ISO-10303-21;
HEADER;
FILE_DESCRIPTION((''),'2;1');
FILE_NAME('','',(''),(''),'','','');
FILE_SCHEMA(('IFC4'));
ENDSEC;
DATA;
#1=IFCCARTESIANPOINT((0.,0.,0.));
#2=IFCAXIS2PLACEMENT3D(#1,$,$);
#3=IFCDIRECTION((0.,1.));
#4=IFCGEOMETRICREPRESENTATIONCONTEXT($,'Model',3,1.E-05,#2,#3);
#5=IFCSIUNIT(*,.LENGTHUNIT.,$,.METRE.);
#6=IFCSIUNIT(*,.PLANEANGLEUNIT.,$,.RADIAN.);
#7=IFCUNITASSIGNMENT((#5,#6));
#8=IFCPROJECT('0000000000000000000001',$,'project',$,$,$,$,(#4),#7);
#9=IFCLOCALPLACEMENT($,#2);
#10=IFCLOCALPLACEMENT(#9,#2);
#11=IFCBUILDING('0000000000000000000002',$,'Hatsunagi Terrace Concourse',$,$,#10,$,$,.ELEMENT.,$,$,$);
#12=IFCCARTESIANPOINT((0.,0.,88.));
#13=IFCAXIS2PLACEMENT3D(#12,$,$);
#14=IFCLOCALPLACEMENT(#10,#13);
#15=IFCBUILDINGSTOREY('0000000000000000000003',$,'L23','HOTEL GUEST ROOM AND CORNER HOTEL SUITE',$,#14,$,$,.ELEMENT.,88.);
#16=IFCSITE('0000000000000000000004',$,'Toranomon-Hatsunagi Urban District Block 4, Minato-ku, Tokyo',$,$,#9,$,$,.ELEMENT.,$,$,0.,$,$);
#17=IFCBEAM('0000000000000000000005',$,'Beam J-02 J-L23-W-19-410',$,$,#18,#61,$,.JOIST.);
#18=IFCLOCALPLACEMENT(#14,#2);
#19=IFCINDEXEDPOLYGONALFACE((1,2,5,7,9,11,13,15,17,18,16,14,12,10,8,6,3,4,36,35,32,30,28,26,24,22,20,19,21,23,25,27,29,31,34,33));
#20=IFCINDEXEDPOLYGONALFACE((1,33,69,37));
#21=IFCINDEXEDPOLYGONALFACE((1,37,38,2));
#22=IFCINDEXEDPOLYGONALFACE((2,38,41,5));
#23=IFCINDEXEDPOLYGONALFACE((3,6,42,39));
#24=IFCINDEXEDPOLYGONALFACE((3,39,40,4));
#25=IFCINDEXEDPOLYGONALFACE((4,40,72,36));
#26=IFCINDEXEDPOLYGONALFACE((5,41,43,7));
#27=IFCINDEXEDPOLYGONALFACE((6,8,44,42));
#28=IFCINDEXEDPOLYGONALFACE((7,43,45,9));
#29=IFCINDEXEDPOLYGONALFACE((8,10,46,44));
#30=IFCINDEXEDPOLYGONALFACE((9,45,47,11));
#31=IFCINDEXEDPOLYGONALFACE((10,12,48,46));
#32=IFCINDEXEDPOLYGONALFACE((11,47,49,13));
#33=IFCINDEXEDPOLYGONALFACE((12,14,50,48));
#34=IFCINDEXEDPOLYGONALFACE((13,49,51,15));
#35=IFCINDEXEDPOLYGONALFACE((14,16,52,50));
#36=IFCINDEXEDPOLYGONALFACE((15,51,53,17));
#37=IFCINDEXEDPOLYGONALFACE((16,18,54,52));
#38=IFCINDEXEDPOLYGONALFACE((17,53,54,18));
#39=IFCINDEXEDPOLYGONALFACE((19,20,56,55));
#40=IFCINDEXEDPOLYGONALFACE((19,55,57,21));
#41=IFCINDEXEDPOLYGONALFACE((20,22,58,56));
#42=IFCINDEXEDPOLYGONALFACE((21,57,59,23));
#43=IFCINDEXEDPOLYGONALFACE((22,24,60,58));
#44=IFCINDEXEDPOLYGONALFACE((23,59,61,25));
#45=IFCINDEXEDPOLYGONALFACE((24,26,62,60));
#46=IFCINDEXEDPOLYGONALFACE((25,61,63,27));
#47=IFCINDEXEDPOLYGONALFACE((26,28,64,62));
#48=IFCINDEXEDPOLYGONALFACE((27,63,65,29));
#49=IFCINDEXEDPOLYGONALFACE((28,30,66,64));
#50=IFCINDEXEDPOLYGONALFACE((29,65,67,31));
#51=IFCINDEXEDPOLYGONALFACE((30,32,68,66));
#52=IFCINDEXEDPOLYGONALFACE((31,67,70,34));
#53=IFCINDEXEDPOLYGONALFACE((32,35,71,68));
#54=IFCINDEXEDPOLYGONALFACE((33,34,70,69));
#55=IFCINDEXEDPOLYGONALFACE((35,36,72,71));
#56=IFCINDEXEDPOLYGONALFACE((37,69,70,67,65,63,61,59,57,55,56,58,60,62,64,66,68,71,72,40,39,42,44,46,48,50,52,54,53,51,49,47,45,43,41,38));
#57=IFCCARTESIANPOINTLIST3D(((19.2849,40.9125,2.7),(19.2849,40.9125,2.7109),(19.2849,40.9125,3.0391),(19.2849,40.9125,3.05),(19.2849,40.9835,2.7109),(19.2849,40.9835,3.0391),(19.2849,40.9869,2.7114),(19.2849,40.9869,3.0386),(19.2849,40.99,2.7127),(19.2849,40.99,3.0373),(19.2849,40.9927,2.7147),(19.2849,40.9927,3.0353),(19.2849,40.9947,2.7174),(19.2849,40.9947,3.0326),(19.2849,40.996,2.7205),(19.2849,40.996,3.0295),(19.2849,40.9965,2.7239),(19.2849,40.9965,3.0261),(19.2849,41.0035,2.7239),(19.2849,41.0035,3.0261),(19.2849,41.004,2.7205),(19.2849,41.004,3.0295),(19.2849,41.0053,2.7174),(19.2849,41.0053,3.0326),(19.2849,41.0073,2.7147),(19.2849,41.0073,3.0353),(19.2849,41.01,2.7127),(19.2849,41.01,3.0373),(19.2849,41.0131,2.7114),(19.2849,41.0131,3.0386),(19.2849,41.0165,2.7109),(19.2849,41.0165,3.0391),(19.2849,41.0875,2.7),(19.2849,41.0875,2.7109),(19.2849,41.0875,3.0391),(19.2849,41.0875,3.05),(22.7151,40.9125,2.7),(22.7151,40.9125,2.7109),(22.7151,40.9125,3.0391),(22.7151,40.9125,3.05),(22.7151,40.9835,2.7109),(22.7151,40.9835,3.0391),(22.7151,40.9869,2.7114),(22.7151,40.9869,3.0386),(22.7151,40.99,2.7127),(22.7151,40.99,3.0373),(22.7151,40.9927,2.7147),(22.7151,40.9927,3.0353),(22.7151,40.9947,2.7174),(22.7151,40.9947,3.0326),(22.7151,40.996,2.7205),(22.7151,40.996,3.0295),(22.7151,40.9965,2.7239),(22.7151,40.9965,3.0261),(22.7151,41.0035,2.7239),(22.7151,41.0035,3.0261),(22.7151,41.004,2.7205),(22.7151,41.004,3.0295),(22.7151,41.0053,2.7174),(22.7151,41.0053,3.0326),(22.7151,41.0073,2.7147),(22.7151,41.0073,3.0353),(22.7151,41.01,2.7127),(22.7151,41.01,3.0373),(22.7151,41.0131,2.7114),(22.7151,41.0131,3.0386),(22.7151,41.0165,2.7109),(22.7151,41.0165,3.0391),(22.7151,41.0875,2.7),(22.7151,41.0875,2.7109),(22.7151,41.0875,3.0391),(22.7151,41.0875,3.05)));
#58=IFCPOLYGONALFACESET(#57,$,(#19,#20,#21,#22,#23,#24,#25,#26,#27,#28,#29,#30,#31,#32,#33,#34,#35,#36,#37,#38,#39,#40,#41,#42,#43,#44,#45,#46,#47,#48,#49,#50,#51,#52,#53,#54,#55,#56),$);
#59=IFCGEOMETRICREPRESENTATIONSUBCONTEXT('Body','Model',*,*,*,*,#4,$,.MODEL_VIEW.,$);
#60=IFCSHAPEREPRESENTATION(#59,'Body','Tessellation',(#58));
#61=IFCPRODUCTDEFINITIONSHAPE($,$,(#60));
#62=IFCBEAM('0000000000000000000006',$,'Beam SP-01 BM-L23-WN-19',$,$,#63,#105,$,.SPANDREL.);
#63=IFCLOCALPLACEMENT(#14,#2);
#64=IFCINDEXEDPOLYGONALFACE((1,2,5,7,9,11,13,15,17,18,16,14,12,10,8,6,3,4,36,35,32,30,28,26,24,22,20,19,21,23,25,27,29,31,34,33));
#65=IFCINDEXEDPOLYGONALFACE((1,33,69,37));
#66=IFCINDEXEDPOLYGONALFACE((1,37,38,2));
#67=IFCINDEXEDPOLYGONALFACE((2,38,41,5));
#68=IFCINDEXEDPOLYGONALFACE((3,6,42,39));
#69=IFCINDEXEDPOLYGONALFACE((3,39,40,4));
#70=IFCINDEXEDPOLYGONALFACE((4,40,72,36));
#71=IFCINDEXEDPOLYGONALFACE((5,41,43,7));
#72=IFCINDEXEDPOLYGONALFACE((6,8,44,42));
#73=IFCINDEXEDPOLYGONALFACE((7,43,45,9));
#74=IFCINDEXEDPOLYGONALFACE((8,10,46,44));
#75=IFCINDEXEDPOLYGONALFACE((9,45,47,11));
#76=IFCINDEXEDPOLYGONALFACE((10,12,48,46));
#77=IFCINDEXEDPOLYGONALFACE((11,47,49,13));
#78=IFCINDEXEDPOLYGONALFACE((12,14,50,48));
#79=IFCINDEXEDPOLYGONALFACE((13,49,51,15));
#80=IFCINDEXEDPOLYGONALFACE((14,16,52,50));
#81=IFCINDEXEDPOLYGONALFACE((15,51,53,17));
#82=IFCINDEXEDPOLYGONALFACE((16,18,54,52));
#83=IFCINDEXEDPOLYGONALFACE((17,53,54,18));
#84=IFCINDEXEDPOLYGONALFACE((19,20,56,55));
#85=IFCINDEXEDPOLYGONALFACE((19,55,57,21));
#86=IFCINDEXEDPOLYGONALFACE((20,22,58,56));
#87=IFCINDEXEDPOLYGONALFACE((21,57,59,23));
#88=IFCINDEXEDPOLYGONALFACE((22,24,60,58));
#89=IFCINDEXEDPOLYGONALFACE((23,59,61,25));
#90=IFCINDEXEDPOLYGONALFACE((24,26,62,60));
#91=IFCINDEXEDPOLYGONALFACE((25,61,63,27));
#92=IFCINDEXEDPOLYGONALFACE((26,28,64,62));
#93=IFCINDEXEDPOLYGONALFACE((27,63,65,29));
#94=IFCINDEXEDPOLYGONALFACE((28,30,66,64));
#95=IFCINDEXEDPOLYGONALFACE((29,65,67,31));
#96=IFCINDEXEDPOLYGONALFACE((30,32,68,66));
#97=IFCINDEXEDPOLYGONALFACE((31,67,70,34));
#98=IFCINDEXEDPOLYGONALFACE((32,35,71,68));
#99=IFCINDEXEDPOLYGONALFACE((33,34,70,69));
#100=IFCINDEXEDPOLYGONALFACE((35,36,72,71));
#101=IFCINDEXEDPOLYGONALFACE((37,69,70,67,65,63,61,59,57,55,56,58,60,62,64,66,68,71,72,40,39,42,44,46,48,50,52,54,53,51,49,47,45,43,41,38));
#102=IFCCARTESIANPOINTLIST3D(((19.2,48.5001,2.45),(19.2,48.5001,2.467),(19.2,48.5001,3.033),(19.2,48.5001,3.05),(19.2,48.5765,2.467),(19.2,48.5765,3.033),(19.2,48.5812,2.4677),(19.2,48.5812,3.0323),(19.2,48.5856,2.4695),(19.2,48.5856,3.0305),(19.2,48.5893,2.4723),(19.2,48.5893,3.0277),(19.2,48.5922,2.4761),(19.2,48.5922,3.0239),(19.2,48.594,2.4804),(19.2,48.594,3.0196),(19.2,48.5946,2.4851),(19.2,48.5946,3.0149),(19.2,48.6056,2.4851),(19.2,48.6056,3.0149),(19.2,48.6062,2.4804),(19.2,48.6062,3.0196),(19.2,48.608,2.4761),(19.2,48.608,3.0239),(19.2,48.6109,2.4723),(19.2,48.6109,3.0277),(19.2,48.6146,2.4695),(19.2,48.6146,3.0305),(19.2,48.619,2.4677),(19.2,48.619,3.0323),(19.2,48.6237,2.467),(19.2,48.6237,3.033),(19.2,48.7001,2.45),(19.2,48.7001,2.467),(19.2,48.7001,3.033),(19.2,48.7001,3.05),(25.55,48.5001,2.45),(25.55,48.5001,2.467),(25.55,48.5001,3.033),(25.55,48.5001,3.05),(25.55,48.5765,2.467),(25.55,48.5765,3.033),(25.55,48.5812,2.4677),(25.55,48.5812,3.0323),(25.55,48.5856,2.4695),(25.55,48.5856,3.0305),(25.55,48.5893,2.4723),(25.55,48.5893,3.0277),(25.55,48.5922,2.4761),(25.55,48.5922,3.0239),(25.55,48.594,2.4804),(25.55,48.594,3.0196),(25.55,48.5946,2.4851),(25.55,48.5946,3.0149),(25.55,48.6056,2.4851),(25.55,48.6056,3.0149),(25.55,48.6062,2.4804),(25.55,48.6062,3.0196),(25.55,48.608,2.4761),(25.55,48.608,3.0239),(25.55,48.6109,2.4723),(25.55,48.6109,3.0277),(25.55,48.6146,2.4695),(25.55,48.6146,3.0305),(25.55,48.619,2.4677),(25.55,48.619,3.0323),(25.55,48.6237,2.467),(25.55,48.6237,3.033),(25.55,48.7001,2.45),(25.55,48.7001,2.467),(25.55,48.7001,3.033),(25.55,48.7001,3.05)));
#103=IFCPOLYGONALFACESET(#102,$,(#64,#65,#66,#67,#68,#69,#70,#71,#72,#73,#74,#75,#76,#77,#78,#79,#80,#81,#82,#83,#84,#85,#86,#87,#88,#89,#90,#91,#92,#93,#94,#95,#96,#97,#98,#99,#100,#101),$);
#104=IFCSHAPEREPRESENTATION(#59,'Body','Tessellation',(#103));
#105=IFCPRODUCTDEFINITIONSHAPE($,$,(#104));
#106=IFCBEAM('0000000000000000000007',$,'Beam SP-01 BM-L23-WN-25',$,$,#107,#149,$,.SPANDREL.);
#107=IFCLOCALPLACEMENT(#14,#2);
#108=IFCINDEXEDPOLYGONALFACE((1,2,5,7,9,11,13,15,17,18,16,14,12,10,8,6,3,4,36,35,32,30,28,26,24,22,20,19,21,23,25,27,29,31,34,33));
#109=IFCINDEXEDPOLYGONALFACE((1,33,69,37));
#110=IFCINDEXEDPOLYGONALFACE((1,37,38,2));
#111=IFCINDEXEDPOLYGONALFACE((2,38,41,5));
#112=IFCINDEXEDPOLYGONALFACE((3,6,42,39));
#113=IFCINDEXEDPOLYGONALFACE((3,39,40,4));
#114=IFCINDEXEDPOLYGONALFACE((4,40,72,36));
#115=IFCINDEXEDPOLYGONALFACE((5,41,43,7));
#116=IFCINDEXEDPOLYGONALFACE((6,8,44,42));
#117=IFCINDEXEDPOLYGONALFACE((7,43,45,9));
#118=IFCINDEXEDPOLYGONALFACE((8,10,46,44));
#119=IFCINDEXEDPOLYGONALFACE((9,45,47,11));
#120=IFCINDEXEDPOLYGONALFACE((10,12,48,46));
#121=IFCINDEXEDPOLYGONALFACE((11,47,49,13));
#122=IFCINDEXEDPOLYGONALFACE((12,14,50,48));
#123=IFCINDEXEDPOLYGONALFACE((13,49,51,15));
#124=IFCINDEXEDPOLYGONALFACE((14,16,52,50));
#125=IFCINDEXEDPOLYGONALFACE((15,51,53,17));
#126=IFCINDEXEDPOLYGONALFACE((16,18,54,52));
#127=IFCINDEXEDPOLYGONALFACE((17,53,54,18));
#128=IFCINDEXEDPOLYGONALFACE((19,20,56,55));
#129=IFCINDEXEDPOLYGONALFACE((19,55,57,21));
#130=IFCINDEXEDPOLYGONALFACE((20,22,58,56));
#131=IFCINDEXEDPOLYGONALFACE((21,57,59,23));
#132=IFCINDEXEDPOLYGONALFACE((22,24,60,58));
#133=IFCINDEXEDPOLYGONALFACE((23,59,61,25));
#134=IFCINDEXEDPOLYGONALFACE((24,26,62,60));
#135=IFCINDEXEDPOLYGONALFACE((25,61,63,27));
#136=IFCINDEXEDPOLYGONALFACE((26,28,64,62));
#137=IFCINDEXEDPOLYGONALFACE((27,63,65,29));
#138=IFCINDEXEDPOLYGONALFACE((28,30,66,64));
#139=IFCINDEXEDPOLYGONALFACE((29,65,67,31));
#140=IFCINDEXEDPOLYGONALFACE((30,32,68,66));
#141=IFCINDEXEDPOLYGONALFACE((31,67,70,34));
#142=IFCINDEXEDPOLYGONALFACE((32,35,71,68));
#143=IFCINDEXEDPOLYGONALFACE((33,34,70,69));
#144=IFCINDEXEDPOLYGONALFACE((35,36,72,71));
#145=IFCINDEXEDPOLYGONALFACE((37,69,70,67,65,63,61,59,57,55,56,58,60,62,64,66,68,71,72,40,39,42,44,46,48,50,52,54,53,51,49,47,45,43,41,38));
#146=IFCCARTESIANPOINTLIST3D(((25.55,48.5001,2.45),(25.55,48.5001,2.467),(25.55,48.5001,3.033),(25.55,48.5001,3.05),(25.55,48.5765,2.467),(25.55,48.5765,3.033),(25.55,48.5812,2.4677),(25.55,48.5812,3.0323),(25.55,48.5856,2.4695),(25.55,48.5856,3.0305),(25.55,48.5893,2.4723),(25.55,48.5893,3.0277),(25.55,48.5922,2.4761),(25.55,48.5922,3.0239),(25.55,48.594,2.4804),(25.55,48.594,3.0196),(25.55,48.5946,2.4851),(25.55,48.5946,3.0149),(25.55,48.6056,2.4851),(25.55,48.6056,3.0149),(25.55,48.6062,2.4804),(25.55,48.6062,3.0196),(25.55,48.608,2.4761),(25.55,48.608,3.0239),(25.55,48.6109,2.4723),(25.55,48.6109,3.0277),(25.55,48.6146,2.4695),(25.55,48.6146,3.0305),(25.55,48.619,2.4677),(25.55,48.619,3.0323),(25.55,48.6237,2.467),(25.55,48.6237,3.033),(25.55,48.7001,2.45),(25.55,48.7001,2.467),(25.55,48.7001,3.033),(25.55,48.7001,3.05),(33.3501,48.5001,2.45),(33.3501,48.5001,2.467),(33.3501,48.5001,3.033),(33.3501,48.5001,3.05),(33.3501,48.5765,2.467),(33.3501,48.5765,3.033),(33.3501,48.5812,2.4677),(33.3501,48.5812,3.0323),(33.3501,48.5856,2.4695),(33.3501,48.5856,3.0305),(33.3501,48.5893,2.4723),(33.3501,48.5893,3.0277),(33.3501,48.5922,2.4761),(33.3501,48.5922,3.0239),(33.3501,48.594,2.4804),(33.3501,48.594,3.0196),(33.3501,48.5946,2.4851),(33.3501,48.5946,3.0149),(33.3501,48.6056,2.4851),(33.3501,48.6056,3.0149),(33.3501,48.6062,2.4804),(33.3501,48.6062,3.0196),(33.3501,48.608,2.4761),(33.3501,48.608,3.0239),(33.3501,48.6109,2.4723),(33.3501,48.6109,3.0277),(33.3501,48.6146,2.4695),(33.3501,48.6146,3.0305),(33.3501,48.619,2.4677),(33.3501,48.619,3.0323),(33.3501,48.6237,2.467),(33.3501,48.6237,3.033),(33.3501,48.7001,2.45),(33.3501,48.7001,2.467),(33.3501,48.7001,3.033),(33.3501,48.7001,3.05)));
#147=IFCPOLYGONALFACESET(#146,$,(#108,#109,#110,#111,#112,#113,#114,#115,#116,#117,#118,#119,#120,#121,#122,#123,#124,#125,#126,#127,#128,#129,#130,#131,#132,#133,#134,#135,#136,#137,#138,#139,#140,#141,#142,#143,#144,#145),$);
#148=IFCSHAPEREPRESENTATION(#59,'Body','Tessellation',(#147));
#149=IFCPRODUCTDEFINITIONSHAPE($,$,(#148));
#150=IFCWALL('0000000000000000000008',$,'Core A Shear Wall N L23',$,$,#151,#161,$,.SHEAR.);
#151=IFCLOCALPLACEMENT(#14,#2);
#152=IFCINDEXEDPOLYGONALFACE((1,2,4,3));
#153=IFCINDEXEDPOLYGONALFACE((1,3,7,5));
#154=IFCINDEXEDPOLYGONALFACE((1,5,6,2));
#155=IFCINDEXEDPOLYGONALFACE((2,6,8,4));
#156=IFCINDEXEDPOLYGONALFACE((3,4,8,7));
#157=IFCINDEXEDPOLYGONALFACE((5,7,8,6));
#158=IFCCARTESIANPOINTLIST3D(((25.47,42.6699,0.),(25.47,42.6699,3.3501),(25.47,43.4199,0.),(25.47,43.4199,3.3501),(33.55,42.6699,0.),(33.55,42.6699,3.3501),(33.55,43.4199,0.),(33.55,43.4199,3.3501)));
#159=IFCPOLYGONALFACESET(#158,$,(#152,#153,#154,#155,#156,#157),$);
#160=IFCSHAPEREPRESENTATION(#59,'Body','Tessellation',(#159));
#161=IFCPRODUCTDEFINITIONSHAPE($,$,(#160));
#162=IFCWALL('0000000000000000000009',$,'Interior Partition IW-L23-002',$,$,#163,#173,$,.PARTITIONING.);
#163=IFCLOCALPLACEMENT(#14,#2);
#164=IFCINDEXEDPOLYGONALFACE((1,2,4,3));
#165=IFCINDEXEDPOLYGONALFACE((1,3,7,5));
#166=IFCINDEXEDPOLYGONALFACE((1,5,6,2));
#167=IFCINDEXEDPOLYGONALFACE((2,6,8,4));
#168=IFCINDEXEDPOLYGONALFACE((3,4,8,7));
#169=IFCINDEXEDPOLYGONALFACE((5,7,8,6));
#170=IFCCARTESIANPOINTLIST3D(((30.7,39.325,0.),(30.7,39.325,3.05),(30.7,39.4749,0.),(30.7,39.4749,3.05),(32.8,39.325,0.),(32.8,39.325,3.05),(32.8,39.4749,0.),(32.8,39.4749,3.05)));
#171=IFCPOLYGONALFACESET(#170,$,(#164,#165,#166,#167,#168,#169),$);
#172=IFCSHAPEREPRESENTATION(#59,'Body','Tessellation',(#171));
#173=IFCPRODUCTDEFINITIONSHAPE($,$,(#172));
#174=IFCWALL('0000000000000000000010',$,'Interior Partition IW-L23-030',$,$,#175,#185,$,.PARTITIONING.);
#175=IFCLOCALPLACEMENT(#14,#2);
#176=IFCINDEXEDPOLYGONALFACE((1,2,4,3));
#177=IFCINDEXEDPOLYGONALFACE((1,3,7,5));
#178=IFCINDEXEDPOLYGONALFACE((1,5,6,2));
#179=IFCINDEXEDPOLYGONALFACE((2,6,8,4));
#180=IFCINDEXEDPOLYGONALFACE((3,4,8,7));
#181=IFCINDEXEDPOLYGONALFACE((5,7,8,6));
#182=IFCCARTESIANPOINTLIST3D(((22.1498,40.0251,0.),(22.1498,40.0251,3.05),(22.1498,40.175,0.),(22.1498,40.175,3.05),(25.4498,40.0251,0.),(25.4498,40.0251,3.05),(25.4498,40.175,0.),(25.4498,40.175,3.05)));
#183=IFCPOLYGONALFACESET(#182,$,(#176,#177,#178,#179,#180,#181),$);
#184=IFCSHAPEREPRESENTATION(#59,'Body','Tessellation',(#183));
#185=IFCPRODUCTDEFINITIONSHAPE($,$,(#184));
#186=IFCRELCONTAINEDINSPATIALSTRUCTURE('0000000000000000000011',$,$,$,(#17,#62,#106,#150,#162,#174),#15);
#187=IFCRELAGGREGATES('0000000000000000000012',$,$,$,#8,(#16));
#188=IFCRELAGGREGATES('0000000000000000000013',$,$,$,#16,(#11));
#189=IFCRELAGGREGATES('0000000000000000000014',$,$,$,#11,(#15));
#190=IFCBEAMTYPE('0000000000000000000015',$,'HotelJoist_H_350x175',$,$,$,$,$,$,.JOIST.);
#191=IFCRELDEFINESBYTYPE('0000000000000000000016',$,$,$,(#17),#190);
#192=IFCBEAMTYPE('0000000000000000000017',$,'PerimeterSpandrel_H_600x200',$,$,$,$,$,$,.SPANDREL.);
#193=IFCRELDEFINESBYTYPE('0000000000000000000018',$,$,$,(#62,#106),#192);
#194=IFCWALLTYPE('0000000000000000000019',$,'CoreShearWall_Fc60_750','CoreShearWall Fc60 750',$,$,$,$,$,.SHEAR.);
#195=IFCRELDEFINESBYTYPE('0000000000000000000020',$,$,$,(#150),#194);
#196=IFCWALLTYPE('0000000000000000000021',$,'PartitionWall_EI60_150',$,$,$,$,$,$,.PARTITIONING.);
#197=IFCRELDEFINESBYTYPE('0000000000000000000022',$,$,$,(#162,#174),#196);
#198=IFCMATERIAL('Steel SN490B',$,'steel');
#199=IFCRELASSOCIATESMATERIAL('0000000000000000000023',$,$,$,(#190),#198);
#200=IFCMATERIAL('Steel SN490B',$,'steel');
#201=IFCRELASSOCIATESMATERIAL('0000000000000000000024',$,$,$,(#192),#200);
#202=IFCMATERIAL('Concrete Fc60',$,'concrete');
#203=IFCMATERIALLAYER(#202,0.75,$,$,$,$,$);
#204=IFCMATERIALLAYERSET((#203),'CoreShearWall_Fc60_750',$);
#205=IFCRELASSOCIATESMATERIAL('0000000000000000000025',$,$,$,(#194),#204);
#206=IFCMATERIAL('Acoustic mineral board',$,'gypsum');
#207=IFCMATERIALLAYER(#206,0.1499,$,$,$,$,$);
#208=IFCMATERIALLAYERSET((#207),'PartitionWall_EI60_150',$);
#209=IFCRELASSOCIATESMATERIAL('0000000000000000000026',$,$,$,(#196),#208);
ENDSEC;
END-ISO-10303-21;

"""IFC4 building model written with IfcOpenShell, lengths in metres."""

from ifc_helpers import new_model, si_unit, direction, frame, frame_2d, origin, origin_2d, place, context, subcontext, project, spatial, rectangle, i_section, extrude, material, layer, layer_set, material_profile, profile_set, type_object, element, save


model = new_model("IFC4")

# Units and contexts
model_context = context("Model", 3, precision=1e-05, world=origin(), true_north=direction((0.0, 1.0)))
body_context = subcontext(model_context, "Body", "Model", "MODEL_VIEW")
ifc_project = project(units=[si_unit("LENGTHUNIT", "METRE"), si_unit("PLANEANGLEUNIT", "RADIAN")], contexts=[model_context])

# Site, building, storey
site_placement = place(None, origin())
site = spatial("IfcSite", under=ifc_project, at=site_placement, Name="Toranomon-Hatsunagi Urban District Block 4, Minato-ku, Tokyo", CompositionType="ELEMENT", RefElevation=0.0)
building_placement = place(site_placement, origin())
building = spatial("IfcBuilding", under=site, at=building_placement, Name="Hatsunagi Terrace Concourse", CompositionType="ELEMENT")
storey_placement = place(building_placement, frame((0.0, 0.0, 88.0)))
storey = spatial("IfcBuildingStorey", under=building, at=storey_placement, Name="L23", Description="HOTEL GUEST ROOM AND CORNER HOTEL SUITE", CompositionType="ELEMENT", Elevation=88.0)

# Beams
ifc_material_1 = material(Name="Steel SN490B", Category="steel")
ifc_material_profile_1 = material_profile(ifc_material_1, i_section(OverallWidth=0.175, OverallDepth=0.3501, WebThickness=0.0071, FlangeThickness=0.011, FilletRadius=0.0129, at=origin_2d()), Name="H-350x175x7x11")
ifc_profile_set_1 = profile_set([ifc_material_profile_1], Name="Steel SN490B")
beam_type_1 = type_object("IfcBeamType", Name="HotelJoist_H_350x175", PredefinedType="JOIST", material=ifc_profile_set_1)
beam_1_placement = place(storey_placement, frame((19.2849, 41.0, 2.875), z_axis=(1.0, 0.0, 0.0), x_axis=(0.0, 1.0, 0.0)))
element("IfcBeam", 1, at=beam_1_placement, inside=storey, type_object=beam_type_1, Name="Beam J-02 J-L23-W-19-410", PredefinedType="JOIST", context=body_context, shape_type="SweptSolid", body=[
    extrude(i_section(OverallWidth=0.175, OverallDepth=0.3501, WebThickness=0.0071, FlangeThickness=0.011, FilletRadius=0.0129, at=origin_2d()), origin(), (0.0, 0.0, 1.0), 3.4302),
])
ifc_material_2 = material(Name="Steel SN490B", Category="steel")
ifc_material_profile_2 = material_profile(ifc_material_2, i_section(OverallWidth=0.2, OverallDepth=0.6001, WebThickness=0.011, FlangeThickness=0.0171, FilletRadius=0.0181, at=origin_2d()), Name="H-600x200x11x17")
ifc_profile_set_2 = profile_set([ifc_material_profile_2], Name="Steel SN490B")
beam_type_2 = type_object("IfcBeamType", Name="PerimeterSpandrel_H_600x200", PredefinedType="SPANDREL", material=ifc_profile_set_2)
beam_2_placement = place(storey_placement, frame((19.2, 48.6001, 2.75), z_axis=(1.0, 0.0, 0.0), x_axis=(0.0, 1.0, 0.0)))
element("IfcBeam", 2, at=beam_2_placement, inside=storey, type_object=beam_type_2, Name="Beam SP-01 BM-L23-WN-19", PredefinedType="SPANDREL", context=body_context, shape_type="SweptSolid", body=[
    extrude(i_section(OverallWidth=0.2, OverallDepth=0.6001, WebThickness=0.011, FlangeThickness=0.0171, FilletRadius=0.0181, at=origin_2d()), origin(), (0.0, 0.0, 1.0), 6.3501),
])
beam_3_placement = place(storey_placement, frame((25.55, 48.6001, 2.75), z_axis=(1.0, 0.0, 0.0), x_axis=(0.0, 1.0, 0.0)))
element("IfcBeam", 3, at=beam_3_placement, inside=storey, type_object=beam_type_2, Name="Beam SP-01 BM-L23-WN-25", PredefinedType="SPANDREL", context=body_context, shape_type="SweptSolid", body=[
    extrude(i_section(OverallWidth=0.2, OverallDepth=0.6001, WebThickness=0.011, FlangeThickness=0.0171, FilletRadius=0.0181, at=origin_2d()), origin(), (0.0, 0.0, 1.0), 7.8),
])

# Walls
ifc_material_3 = material(Name="Concrete Fc60", Category="concrete")
ifc_layer_1 = layer(ifc_material_3, 0.75)
ifc_layer_set_1 = layer_set([ifc_layer_1], Name="CoreShearWall_Fc60_750")
wall_type_1 = type_object("IfcWallType", Name="CoreShearWall_Fc60_750", Description="CoreShearWall Fc60 750", PredefinedType="SHEAR", material=ifc_layer_set_1)
wall_1_placement = place(storey_placement, frame((25.47, 43.0449, 0.0), z_axis=(0.0, 0.0, 1.0), x_axis=(1.0, 0.0, 0.0)))
element("IfcWall", 4, at=wall_1_placement, inside=storey, type_object=wall_type_1, Name="Core A Shear Wall N L23", PredefinedType="SHEAR", context=body_context, shape_type="SweptSolid", body=[
    extrude(rectangle(XDim=8.0801, YDim=0.75, at=frame_2d((4.04, 0.0))), origin(), (0.0, 0.0, 1.0), 3.3501),
])
ifc_material_4 = material(Name="Acoustic mineral board", Category="gypsum")
ifc_layer_2 = layer(ifc_material_4, 0.1499)
ifc_layer_set_2 = layer_set([ifc_layer_2], Name="PartitionWall_EI60_150")
wall_type_2 = type_object("IfcWallType", Name="PartitionWall_EI60_150", PredefinedType="PARTITIONING", material=ifc_layer_set_2)
wall_2_placement = place(storey_placement, frame((30.7, 39.3999, 0.0), z_axis=(0.0, 0.0, 1.0), x_axis=(1.0, 0.0, 0.0)))
element("IfcWall", 5, at=wall_2_placement, inside=storey, type_object=wall_type_2, Name="Interior Partition IW-L23-002", PredefinedType="PARTITIONING", context=body_context, shape_type="SweptSolid", body=[
    extrude(rectangle(XDim=2.1001, YDim=0.1499, at=frame_2d((1.05, 0.0))), origin(), (0.0, 0.0, 1.0), 3.05),
])
wall_3_placement = place(storey_placement, frame((22.1499, 40.1001, 0.0), z_axis=(0.0, 0.0, 1.0), x_axis=(1.0, 0.0, 0.0)))
element("IfcWall", 6, at=wall_3_placement, inside=storey, type_object=wall_type_2, Name="Interior Partition IW-L23-030", PredefinedType="PARTITIONING", context=body_context, shape_type="SweptSolid", body=[
    extrude(rectangle(XDim=3.3, YDim=0.1499, at=frame_2d((1.6499, 0.0))), origin(), (0.0, 0.0, 1.0), 3.05),
])

save(model, "model.ifc")
